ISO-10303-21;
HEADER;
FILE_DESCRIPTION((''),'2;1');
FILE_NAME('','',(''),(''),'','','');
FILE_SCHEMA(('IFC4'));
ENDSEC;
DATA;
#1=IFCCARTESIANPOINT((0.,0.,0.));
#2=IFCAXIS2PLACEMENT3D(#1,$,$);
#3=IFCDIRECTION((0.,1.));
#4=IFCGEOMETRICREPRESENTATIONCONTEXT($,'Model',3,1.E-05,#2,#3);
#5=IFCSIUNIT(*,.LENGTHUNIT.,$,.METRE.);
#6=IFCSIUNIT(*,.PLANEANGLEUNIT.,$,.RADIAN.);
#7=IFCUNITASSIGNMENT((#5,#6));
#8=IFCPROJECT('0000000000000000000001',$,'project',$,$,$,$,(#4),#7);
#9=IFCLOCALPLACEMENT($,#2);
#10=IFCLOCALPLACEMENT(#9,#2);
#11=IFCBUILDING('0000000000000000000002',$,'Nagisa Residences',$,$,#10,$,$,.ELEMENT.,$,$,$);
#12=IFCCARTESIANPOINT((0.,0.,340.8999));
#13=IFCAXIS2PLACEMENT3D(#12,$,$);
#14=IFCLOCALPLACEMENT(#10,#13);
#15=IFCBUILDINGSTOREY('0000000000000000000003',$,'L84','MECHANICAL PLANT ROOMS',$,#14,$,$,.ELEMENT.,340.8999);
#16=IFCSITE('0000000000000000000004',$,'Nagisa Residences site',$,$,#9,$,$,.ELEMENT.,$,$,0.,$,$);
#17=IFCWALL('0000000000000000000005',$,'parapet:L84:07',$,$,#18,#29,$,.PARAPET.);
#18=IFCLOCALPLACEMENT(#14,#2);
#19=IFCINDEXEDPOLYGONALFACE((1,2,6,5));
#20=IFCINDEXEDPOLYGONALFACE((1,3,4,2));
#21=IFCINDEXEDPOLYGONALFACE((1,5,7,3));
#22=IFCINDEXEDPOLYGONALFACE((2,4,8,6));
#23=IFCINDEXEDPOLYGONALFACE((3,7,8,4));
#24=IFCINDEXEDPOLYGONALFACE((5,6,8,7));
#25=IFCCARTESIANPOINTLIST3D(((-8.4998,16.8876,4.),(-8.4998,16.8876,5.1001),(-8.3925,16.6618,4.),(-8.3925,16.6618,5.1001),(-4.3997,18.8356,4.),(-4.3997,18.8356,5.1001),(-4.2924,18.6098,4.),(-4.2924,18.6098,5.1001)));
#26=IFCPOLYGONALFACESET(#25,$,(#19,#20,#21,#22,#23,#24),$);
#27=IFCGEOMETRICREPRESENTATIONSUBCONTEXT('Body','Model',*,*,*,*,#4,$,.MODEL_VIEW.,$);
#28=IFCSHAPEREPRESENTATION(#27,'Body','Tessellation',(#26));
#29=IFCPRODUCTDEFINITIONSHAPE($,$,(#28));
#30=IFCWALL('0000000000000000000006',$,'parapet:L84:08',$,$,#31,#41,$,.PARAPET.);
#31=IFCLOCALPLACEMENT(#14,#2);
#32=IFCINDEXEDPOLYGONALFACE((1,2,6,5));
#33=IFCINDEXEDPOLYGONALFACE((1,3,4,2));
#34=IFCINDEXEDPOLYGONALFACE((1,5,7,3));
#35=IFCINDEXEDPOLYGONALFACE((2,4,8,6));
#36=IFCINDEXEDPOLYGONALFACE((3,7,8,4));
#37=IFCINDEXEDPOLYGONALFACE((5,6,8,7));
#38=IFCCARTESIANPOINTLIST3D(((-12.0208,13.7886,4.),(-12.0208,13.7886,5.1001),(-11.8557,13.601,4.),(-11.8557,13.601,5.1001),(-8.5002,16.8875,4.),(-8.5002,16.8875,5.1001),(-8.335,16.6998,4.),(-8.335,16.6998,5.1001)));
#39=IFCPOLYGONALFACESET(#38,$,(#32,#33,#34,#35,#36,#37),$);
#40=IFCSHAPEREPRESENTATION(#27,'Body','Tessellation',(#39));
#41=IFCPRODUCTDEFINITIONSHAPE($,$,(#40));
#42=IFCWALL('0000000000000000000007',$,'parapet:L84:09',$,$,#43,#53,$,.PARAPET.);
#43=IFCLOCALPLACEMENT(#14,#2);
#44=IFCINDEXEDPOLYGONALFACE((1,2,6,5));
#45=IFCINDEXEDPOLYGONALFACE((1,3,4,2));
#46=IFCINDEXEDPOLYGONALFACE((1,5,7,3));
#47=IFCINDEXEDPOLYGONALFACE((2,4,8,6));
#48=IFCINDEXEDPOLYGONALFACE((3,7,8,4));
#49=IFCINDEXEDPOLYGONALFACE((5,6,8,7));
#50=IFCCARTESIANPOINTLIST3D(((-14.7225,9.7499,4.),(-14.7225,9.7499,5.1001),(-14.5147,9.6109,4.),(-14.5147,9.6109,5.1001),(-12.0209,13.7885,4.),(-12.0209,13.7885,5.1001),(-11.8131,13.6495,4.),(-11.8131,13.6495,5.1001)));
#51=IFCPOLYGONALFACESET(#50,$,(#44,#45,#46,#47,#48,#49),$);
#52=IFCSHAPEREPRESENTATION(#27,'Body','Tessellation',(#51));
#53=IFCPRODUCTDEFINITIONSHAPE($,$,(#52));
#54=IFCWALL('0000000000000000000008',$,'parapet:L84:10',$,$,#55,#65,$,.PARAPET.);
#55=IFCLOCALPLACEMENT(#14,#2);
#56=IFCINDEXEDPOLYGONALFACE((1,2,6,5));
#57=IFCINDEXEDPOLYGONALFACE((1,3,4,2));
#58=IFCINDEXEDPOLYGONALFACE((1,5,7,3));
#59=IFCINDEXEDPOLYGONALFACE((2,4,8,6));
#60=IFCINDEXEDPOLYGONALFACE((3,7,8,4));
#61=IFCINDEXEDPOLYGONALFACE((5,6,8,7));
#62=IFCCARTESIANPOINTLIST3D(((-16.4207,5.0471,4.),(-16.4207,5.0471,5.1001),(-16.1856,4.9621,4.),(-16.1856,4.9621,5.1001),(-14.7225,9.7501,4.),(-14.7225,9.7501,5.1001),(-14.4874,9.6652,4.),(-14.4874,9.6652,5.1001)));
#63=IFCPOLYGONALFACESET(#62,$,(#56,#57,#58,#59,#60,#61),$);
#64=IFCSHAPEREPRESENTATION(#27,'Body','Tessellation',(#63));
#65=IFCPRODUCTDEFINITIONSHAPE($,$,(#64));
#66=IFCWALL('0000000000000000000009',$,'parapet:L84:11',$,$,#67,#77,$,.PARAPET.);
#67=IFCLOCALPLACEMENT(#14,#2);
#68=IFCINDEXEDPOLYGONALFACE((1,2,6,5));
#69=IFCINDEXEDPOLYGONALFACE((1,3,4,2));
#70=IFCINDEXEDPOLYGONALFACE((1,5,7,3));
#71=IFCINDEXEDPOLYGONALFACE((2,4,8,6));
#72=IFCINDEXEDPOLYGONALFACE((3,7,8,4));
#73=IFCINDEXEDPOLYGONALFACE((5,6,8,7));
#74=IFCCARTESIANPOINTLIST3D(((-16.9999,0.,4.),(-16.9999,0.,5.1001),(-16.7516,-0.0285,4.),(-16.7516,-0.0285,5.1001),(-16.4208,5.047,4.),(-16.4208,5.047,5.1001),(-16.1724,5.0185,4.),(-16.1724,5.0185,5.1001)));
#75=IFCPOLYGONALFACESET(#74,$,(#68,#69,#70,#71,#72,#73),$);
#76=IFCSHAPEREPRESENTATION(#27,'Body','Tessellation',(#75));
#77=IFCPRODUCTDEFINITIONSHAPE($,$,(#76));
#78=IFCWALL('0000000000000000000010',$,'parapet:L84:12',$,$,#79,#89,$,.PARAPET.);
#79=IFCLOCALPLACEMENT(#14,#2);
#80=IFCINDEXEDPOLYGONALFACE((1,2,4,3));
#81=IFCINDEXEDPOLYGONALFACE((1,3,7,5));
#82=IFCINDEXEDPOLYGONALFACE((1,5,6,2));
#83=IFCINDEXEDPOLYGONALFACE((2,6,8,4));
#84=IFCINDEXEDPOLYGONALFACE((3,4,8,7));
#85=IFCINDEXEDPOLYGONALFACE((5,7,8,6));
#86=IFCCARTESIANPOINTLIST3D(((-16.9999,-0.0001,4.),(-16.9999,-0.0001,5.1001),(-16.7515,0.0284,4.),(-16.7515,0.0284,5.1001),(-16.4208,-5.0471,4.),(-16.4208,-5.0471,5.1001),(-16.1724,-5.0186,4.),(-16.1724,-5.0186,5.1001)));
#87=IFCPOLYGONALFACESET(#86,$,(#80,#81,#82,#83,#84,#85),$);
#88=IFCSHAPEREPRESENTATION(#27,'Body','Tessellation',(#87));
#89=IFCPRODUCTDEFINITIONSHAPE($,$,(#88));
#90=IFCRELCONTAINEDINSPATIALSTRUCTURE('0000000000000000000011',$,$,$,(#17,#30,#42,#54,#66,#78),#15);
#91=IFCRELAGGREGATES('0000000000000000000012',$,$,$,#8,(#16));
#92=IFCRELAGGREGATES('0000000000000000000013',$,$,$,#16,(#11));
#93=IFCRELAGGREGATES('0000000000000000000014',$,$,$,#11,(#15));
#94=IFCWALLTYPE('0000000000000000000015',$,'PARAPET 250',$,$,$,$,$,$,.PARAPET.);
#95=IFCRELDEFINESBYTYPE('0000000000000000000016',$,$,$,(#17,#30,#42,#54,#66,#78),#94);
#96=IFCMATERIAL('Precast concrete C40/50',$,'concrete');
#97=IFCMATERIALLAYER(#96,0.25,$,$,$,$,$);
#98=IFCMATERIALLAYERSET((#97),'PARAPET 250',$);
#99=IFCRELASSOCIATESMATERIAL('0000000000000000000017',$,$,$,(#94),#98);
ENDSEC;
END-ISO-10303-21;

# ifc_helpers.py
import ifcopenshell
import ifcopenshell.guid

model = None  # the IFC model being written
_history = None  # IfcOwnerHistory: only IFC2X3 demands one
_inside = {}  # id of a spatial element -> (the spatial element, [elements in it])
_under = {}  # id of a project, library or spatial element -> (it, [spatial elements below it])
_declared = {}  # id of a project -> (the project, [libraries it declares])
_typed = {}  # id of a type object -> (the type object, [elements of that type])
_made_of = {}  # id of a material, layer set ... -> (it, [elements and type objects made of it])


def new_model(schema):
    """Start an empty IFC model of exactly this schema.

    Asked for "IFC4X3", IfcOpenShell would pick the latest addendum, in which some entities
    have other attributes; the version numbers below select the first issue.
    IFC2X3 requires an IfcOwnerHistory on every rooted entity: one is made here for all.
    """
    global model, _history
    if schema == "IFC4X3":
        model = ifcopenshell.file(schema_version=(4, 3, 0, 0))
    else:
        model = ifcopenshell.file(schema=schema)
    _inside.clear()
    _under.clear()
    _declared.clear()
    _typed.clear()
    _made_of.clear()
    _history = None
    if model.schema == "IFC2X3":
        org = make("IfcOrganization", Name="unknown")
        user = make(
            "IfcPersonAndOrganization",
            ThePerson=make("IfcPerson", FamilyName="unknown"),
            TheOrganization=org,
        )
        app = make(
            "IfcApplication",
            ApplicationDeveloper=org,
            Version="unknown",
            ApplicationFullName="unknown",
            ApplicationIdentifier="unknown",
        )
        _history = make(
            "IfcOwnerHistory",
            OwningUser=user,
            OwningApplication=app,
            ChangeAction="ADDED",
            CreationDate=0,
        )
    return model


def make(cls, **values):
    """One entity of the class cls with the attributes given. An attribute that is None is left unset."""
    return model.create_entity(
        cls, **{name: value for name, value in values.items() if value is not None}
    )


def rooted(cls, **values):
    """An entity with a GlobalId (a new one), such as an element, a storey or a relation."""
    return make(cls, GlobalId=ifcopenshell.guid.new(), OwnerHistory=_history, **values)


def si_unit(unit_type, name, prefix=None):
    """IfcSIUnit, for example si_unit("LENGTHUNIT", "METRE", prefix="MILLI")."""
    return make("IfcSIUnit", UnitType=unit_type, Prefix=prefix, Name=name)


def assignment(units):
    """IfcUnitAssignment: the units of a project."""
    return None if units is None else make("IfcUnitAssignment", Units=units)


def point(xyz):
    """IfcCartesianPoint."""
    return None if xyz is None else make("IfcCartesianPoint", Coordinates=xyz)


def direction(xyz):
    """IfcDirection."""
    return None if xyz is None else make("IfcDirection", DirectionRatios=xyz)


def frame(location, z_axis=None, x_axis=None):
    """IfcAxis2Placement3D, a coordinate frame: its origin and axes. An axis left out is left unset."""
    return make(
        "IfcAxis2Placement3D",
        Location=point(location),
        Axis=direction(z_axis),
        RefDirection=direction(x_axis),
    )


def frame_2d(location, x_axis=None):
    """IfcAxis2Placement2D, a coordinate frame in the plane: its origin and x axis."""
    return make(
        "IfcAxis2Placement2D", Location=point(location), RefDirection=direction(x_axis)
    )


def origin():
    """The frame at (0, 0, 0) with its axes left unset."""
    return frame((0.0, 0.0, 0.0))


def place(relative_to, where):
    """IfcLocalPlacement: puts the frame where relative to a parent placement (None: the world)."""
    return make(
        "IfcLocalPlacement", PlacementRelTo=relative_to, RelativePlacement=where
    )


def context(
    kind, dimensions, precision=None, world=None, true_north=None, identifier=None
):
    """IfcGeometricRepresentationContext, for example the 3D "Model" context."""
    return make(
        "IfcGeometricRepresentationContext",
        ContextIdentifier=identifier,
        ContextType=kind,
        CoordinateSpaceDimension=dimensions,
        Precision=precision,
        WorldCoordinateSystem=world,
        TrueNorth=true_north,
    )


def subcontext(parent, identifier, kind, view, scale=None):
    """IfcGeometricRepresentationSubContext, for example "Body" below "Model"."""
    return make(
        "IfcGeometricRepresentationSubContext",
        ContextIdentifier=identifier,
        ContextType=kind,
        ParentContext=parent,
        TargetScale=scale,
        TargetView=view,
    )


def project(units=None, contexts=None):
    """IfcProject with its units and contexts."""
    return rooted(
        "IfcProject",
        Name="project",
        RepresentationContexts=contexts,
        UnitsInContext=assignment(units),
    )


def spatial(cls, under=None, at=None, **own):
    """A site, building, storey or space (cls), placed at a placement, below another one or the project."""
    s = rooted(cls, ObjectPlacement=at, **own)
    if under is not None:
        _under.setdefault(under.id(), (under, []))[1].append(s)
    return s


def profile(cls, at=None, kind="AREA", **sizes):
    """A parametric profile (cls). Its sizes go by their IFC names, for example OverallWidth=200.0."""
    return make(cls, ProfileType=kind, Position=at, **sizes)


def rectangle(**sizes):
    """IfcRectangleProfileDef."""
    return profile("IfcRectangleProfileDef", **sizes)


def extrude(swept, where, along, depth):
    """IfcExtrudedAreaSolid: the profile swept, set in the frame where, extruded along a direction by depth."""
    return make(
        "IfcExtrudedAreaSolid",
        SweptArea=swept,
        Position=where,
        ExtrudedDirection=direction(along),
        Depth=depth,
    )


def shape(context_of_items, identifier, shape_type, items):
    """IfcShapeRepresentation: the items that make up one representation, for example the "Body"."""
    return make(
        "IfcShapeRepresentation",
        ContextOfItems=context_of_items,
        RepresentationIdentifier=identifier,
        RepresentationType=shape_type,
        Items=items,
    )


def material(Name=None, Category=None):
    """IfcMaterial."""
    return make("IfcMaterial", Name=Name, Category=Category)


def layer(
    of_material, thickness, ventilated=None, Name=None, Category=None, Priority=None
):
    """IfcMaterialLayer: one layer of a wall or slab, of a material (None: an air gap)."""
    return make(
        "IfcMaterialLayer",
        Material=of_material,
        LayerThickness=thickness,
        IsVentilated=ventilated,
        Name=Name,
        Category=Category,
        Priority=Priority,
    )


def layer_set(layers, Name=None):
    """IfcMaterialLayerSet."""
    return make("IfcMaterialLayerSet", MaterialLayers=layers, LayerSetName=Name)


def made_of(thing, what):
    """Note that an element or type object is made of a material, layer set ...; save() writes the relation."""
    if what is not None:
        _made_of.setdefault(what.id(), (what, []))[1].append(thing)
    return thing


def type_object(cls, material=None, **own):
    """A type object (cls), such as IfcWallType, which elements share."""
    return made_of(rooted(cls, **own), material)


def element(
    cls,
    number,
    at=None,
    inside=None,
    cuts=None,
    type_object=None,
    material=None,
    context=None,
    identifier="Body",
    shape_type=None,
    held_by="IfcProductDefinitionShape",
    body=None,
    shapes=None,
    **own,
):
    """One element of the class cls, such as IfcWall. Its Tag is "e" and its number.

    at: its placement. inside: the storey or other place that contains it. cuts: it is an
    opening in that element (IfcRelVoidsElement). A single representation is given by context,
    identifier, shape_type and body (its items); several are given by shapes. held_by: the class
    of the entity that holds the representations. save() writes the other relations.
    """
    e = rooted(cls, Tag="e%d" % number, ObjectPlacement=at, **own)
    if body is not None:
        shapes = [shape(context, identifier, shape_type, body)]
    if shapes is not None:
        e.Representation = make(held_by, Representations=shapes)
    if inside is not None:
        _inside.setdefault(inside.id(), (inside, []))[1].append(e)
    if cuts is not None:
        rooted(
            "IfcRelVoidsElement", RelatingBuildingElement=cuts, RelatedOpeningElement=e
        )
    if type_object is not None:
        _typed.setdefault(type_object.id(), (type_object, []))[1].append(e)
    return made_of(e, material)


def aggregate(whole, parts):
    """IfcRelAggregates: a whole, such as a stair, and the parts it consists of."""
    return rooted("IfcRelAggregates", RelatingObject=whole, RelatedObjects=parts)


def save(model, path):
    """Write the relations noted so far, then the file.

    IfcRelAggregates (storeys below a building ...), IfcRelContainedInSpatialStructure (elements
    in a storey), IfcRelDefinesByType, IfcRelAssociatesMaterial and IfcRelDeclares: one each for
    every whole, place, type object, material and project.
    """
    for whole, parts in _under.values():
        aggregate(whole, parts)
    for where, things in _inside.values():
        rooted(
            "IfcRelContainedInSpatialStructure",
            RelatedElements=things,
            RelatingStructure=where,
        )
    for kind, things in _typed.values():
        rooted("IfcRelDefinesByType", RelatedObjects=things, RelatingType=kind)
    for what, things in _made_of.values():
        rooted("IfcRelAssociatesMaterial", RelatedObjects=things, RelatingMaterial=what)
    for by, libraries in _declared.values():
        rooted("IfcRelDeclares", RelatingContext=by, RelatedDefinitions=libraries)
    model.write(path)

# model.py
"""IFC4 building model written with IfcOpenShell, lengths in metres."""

from ifc_helpers import new_model, si_unit, direction, frame, frame_2d, origin, place, context, subcontext, project, spatial, rectangle, extrude, material, layer, layer_set, type_object, element, save


model = new_model("IFC4")

# Units and contexts
model_context = context("Model", 3, precision=1e-05, world=origin(), true_north=direction((0.0, 1.0)))
body_context = subcontext(model_context, "Body", "Model", "MODEL_VIEW")
ifc_project = project(units=[si_unit("LENGTHUNIT", "METRE"), si_unit("PLANEANGLEUNIT", "RADIAN")], contexts=[model_context])

# Site, building, storey
site_placement = place(None, origin())
site = spatial("IfcSite", under=ifc_project, at=site_placement, Name="Nagisa Residences site", CompositionType="ELEMENT", RefElevation=0.0)
building_placement = place(site_placement, origin())
building = spatial("IfcBuilding", under=site, at=building_placement, Name="Nagisa Residences", CompositionType="ELEMENT")
storey_placement = place(building_placement, frame((0.0, 0.0, 340.8999)))
storey = spatial("IfcBuildingStorey", under=building, at=storey_placement, Name="L84", Description="MECHANICAL PLANT ROOMS", CompositionType="ELEMENT", Elevation=340.8999)

# Walls
ifc_material_1 = material(Name="Precast concrete C40/50", Category="concrete")
ifc_layer_1 = layer(ifc_material_1, 0.25)
ifc_layer_set_1 = layer_set([ifc_layer_1], Name="PARAPET 250")
wall_type = type_object("IfcWallType", Name="PARAPET 250", PredefinedType="PARAPET", material=ifc_layer_set_1)
wall_1_placement = place(storey_placement, frame((-4.3462, 18.7227, 4.0), z_axis=(0.0, 0.0, 1.0), x_axis=(-0.903239, -0.429138, 0.0)))
element("IfcWall", 1, at=wall_1_placement, inside=storey, type_object=wall_type, Name="parapet:L84:07", PredefinedType="PARAPET", context=body_context, shape_type="SweptSolid", body=[
    extrude(rectangle(XDim=4.5393, YDim=0.25, at=frame_2d((2.2695, 0.0))), origin(), (0.0, 0.0, 1.0), 1.1001),
])
wall_2_placement = place(storey_placement, frame((-8.4175, 16.7937, 4.0), z_axis=(0.0, 0.0, 1.0), x_axis=(-0.750648, -0.660702, 0.0)))
element("IfcWall", 2, at=wall_2_placement, inside=storey, type_object=wall_type, Name="parapet:L84:08", PredefinedType="PARAPET", context=body_context, shape_type="SweptSolid", body=[
    extrude(rectangle(XDim=4.6902, YDim=0.25, at=frame_2d((2.3452, 0.0))), origin(), (0.0, 0.0, 1.0), 1.1001),
])
wall_3_placement = place(storey_placement, frame((-11.917, 13.719, 4.0), z_axis=(0.0, 0.0, 1.0), x_axis=(-0.556021, -0.831168, 0.0)))
element("IfcWall", 3, at=wall_3_placement, inside=storey, type_object=wall_type, Name="parapet:L84:09", PredefinedType="PARAPET", context=body_context, shape_type="SweptSolid", body=[
    extrude(rectangle(XDim=4.8589, YDim=0.25, at=frame_2d((2.4294, 0.0))), origin(), (0.0, 0.0, 1.0), 1.1001),
])
wall_4_placement = place(storey_placement, frame((-14.605, 9.7075, 4.0), z_axis=(0.0, 0.0, 1.0), x_axis=(-0.339625, -0.940561, 0.0)))
element("IfcWall", 4, at=wall_4_placement, inside=storey, type_object=wall_type, Name="parapet:L84:10", PredefinedType="PARAPET", context=body_context, shape_type="SweptSolid", body=[
    extrude(rectangle(XDim=5.0002, YDim=0.25, at=frame_2d((2.5, 0.0))), origin(), (0.0, 0.0, 1.0), 1.1001),
])
for number, where, z_axis, x_axis, name in (
    (5, (-16.2966, 5.0327, 4.0), (0.0, 0.0, 1.0), (-0.113997, -0.993481, 0.0), "parapet:L84:11"),
    (6, (-16.8757, 0.0142, 4.0), (0.0, 0.0, 1.0), (0.113997, -0.993481, 0.0), "parapet:L84:12"),
):
    element("IfcWall", number, at=place(storey_placement, frame(where, z_axis=z_axis, x_axis=x_axis)), inside=storey, type_object=wall_type, Name=name, PredefinedType="PARAPET", context=body_context, shape_type="SweptSolid", body=[
        extrude(rectangle(XDim=5.0801, YDim=0.25, at=frame_2d((2.54, 0.0))), origin(), (0.0, 0.0, 1.0), 1.1001),
    ])

save(model, "model.ifc")
